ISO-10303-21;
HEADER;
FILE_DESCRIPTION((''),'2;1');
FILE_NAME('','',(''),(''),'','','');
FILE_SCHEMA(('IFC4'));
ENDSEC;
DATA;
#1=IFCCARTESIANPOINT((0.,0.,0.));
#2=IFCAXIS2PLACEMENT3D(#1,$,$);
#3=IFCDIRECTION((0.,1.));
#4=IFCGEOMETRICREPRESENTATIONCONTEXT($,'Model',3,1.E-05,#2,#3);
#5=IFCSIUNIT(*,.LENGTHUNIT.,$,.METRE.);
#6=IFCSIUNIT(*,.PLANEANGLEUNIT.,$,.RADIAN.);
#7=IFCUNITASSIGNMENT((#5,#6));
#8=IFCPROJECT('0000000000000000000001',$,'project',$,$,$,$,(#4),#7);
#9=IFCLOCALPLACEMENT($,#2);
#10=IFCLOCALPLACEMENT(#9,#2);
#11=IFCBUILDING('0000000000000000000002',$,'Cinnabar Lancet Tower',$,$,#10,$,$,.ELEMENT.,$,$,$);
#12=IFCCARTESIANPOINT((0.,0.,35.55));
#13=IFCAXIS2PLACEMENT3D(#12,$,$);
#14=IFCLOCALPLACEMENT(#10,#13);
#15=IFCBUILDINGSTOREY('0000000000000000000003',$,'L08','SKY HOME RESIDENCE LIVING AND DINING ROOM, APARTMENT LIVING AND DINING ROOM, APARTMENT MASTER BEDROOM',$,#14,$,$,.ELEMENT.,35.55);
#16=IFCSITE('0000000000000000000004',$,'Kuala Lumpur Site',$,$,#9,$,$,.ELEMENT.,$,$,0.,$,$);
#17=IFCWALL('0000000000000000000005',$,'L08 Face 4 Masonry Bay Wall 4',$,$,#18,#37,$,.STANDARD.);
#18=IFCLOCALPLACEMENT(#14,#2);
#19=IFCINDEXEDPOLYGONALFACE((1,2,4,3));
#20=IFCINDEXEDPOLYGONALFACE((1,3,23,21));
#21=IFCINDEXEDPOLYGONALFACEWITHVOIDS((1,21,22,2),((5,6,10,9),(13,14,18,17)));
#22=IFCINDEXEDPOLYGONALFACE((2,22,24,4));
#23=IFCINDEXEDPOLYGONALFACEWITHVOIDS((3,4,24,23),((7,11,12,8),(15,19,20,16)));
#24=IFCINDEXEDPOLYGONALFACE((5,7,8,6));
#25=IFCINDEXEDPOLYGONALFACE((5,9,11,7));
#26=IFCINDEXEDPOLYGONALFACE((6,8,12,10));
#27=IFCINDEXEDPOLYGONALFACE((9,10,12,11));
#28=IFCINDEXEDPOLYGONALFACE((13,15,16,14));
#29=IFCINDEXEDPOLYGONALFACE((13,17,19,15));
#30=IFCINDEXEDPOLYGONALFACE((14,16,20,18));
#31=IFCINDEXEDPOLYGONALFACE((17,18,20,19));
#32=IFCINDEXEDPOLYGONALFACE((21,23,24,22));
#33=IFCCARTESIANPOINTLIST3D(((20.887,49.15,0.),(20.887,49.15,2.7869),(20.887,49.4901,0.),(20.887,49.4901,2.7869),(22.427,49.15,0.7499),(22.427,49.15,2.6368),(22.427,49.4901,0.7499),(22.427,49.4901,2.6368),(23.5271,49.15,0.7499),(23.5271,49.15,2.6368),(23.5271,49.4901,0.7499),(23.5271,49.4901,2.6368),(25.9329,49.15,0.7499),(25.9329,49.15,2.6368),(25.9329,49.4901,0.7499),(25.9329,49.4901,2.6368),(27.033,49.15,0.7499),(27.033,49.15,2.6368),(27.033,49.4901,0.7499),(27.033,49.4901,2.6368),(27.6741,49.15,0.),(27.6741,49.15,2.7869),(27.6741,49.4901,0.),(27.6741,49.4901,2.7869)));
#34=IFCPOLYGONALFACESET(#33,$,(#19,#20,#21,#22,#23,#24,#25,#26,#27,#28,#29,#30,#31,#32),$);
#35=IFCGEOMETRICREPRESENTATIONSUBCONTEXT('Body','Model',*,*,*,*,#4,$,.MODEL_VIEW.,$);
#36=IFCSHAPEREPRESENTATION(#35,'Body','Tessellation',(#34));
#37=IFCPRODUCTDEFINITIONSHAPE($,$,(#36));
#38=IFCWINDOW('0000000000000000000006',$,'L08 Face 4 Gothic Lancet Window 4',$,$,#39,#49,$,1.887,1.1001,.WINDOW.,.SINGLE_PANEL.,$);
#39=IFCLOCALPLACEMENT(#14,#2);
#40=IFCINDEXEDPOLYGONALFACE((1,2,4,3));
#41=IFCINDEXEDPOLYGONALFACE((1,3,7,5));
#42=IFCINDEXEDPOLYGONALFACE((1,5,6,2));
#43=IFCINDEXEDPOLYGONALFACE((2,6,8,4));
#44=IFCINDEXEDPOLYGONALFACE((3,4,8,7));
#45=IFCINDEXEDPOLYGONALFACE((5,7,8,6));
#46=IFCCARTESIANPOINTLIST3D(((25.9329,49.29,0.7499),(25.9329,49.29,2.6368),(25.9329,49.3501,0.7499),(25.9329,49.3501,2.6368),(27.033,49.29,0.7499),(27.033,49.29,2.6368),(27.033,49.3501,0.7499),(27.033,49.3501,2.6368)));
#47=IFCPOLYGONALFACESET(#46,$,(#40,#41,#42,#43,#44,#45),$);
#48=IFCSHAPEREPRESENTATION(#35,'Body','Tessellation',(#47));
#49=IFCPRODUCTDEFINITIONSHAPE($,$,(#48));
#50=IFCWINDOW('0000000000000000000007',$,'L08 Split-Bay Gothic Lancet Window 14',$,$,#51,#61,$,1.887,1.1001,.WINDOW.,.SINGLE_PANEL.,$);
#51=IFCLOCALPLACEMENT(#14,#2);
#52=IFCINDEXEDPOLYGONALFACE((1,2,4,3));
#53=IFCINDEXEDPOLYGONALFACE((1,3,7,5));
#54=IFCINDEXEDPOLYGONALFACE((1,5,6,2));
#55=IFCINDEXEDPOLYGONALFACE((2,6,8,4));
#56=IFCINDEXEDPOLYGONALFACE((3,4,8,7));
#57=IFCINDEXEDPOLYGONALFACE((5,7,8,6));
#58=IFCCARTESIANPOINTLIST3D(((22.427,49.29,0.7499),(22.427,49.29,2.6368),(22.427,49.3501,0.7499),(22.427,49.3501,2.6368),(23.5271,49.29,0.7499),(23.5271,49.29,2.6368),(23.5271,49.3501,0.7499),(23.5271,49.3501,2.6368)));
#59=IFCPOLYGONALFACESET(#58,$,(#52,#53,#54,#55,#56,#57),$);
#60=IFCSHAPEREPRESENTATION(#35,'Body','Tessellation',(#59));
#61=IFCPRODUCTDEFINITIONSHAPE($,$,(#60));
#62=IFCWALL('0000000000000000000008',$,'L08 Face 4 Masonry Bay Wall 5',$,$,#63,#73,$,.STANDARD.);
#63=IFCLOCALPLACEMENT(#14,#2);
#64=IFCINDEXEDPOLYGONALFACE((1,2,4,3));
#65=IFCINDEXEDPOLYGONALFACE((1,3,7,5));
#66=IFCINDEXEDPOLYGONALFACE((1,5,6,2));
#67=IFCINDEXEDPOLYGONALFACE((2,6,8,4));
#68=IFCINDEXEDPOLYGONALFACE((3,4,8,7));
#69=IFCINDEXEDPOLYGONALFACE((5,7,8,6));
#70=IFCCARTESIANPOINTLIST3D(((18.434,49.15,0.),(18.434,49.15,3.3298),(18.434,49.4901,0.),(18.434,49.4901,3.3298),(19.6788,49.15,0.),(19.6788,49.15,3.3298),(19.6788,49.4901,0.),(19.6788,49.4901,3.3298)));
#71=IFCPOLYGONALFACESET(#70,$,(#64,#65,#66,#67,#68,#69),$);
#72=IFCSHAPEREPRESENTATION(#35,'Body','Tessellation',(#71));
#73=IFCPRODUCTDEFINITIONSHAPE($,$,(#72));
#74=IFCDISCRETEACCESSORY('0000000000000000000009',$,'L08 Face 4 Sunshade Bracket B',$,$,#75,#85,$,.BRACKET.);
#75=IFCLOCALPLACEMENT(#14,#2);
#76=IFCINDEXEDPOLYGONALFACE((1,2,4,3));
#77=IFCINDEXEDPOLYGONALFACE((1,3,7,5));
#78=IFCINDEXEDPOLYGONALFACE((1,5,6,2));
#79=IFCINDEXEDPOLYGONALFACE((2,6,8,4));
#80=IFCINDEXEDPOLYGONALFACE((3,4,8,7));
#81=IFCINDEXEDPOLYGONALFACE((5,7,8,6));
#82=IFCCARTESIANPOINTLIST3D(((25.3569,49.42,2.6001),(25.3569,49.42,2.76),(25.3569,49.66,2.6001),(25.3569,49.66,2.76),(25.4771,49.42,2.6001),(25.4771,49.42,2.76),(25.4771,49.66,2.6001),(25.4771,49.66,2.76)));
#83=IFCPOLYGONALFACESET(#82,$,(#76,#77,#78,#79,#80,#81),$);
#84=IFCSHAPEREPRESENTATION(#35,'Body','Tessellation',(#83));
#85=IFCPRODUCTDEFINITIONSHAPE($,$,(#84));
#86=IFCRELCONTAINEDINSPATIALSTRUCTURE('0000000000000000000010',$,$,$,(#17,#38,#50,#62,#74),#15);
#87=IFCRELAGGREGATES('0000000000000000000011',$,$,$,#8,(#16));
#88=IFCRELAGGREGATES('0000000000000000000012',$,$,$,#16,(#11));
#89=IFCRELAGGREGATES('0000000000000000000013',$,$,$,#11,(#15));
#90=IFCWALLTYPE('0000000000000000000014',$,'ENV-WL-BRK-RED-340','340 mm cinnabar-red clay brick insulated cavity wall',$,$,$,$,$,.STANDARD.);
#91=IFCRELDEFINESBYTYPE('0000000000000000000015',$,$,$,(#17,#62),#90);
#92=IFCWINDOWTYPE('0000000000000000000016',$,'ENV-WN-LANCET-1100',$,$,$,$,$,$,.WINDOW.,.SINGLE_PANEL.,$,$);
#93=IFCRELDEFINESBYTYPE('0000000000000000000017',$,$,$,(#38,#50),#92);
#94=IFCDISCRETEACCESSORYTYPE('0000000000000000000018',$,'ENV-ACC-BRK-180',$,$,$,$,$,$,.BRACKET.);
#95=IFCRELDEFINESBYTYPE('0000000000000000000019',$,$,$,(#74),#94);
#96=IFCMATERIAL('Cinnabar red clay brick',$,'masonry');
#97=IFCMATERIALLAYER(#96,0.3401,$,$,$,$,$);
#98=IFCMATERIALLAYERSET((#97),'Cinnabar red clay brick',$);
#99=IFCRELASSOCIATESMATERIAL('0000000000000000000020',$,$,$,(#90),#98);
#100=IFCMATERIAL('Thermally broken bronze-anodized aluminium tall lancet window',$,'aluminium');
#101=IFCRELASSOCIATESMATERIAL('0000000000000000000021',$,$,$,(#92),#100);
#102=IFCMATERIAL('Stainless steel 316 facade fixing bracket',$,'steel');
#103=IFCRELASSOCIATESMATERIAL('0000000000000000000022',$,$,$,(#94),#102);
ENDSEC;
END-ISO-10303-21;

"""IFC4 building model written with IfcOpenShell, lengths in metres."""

from ifc_helpers import new_model, si_unit, direction, frame, frame_2d, origin, origin_2d, place, context, subcontext, project, spatial, rectangle, extrude, material, layer, layer_set, type_object, element, fill, save


model = new_model("IFC4")

# Units and contexts
model_context = context("Model", 3, precision=1e-05, world=origin(), true_north=direction((0.0, 1.0)))
body_context = subcontext(model_context, "Body", "Model", "MODEL_VIEW")
ifc_project = project(units=[si_unit("LENGTHUNIT", "METRE"), si_unit("PLANEANGLEUNIT", "RADIAN")], contexts=[model_context])

# Site, building, storey
site_placement = place(None, origin())
site = spatial("IfcSite", under=ifc_project, at=site_placement, Name="Kuala Lumpur Site", CompositionType="ELEMENT", RefElevation=0.0)
building_placement = place(site_placement, origin())
building = spatial("IfcBuilding", under=site, at=building_placement, Name="Cinnabar Lancet Tower", CompositionType="ELEMENT")
storey_placement = place(building_placement, frame((0.0, 0.0, 35.55)))
storey = spatial("IfcBuildingStorey", under=building, at=storey_placement, Name="L08", Description="SKY HOME RESIDENCE LIVING AND DINING ROOM, APARTMENT LIVING AND DINING ROOM, APARTMENT MASTER BEDROOM", CompositionType="ELEMENT", Elevation=35.55)

# Wall, openings, windows
ifc_material_1 = material(Name="Cinnabar red clay brick", Category="masonry")
ifc_layer_1 = layer(ifc_material_1, 0.3401)
ifc_layer_set_1 = layer_set([ifc_layer_1], Name="Cinnabar red clay brick")
wall_type_1 = type_object("IfcWallType", Name="ENV-WL-BRK-RED-340", Description="340 mm cinnabar-red clay brick insulated cavity wall", PredefinedType="STANDARD", material=ifc_layer_set_1)
wall_1_placement = place(storey_placement, frame((27.6741, 49.3201, 0.0), z_axis=(0.0, 0.0, 1.0), x_axis=(-1.0, 0.0, 0.0)))
wall_1 = element("IfcWall", 1, at=wall_1_placement, inside=storey, type_object=wall_type_1, Name="L08 Face 4 Masonry Bay Wall 4", PredefinedType="STANDARD", context=body_context, shape_type="SweptSolid", body=[
    extrude(rectangle(XDim=6.7871, YDim=0.3401, at=frame_2d((3.3936, 0.0))), origin(), (0.0, 0.0, 1.0), 2.7869),
])
opening_1_placement = place(wall_1_placement, frame((0.6411, 0.0, 0.75)))
opening_1 = element("IfcOpeningElement", 2, at=opening_1_placement, cuts=wall_1, PredefinedType="OPENING", context=body_context, shape_type="SweptSolid", body=[
    extrude(rectangle(XDim=1.1001, YDim=1.887, at=frame_2d((0.55, 0.9434))), frame((0.0, 0.1799, 0.0), z_axis=(0.0, -1.0, 0.0), x_axis=(1.0, 0.0, 0.0)), (0.0, 0.0, 1.0), 0.3601),
])
opening_2_placement = place(wall_1_placement, frame((4.147, 0.0, 0.75)))
opening_2 = element("IfcOpeningElement", 3, at=opening_2_placement, cuts=wall_1, PredefinedType="OPENING", context=body_context, shape_type="SweptSolid", body=[
    extrude(rectangle(XDim=1.1001, YDim=1.887, at=frame_2d((0.55, 0.9434))), frame((0.0, 0.1799, 0.0), z_axis=(0.0, -1.0, 0.0), x_axis=(1.0, 0.0, 0.0)), (0.0, 0.0, 1.0), 0.3601),
])
ifc_material_2 = material(Name="Thermally broken bronze-anodized aluminium tall lancet window", Category="aluminium")
window_type = type_object("IfcWindowType", Name="ENV-WN-LANCET-1100", PartitioningType="SINGLE_PANEL", PredefinedType="WINDOW", material=ifc_material_2)
window_1_placement = place(opening_1_placement, origin())
window_1 = element("IfcWindow", 4, at=window_1_placement, inside=storey, type_object=window_type, Name="L08 Face 4 Gothic Lancet Window 4", OverallHeight=1.887, OverallWidth=1.1001, PartitioningType="SINGLE_PANEL", PredefinedType="WINDOW", context=body_context, shape_type="SweptSolid", body=[
    extrude(rectangle(XDim=1.1001, YDim=1.887, at=frame_2d((0.55, 0.9434))), frame((0.0, 0.03, 0.0), z_axis=(0.0, -1.0, 0.0), x_axis=(1.0, 0.0, 0.0)), (0.0, 0.0, 1.0), 0.0601),
])
fill(opening_1, window_1)
window_2_placement = place(opening_2_placement, origin())
window_2 = element("IfcWindow", 5, at=window_2_placement, inside=storey, type_object=window_type, Name="L08 Split-Bay Gothic Lancet Window 14", OverallHeight=1.887, OverallWidth=1.1001, PartitioningType="SINGLE_PANEL", PredefinedType="WINDOW", context=body_context, shape_type="SweptSolid", body=[
    extrude(rectangle(XDim=1.1001, YDim=1.887, at=frame_2d((0.55, 0.9434))), frame((0.0, 0.03, 0.0), z_axis=(0.0, -1.0, 0.0), x_axis=(1.0, 0.0, 0.0)), (0.0, 0.0, 1.0), 0.0601),
])
fill(opening_2, window_2)

# Wall
wall_2_placement = place(storey_placement, frame((19.679, 49.3201, 0.0), z_axis=(0.0, 0.0, 1.0), x_axis=(-1.0, 0.0, 0.0)))
element("IfcWall", 6, at=wall_2_placement, inside=storey, type_object=wall_type_1, Name="L08 Face 4 Masonry Bay Wall 5", PredefinedType="STANDARD", context=body_context, shape_type="SweptSolid", body=[
    extrude(rectangle(XDim=1.2449, YDim=0.3401, at=frame_2d((0.6226, 0.0))), origin(), (0.0, 0.0, 1.0), 3.3298),
])

# Discrete accessory
ifc_material_3 = material(Name="Stainless steel 316 facade fixing bracket", Category="steel")
discrete_accessory_type = type_object("IfcDiscreteAccessoryType", Name="ENV-ACC-BRK-180", PredefinedType="BRACKET", material=ifc_material_3)
discrete_accessory_placement = place(storey_placement, frame((25.417, 49.54, 2.6001), z_axis=(0.0, 0.0, 1.0), x_axis=(-1.0, 0.0, 0.0)))
element("IfcDiscreteAccessory", 7, at=discrete_accessory_placement, inside=storey, type_object=discrete_accessory_type, Name="L08 Face 4 Sunshade Bracket B", PredefinedType="BRACKET", context=body_context, shape_type="SweptSolid", body=[
    extrude(rectangle(XDim=0.1201, YDim=0.24, at=origin_2d()), origin(), (0.0, 0.0, 1.0), 0.1599),
])

save(model, "model.ifc")
